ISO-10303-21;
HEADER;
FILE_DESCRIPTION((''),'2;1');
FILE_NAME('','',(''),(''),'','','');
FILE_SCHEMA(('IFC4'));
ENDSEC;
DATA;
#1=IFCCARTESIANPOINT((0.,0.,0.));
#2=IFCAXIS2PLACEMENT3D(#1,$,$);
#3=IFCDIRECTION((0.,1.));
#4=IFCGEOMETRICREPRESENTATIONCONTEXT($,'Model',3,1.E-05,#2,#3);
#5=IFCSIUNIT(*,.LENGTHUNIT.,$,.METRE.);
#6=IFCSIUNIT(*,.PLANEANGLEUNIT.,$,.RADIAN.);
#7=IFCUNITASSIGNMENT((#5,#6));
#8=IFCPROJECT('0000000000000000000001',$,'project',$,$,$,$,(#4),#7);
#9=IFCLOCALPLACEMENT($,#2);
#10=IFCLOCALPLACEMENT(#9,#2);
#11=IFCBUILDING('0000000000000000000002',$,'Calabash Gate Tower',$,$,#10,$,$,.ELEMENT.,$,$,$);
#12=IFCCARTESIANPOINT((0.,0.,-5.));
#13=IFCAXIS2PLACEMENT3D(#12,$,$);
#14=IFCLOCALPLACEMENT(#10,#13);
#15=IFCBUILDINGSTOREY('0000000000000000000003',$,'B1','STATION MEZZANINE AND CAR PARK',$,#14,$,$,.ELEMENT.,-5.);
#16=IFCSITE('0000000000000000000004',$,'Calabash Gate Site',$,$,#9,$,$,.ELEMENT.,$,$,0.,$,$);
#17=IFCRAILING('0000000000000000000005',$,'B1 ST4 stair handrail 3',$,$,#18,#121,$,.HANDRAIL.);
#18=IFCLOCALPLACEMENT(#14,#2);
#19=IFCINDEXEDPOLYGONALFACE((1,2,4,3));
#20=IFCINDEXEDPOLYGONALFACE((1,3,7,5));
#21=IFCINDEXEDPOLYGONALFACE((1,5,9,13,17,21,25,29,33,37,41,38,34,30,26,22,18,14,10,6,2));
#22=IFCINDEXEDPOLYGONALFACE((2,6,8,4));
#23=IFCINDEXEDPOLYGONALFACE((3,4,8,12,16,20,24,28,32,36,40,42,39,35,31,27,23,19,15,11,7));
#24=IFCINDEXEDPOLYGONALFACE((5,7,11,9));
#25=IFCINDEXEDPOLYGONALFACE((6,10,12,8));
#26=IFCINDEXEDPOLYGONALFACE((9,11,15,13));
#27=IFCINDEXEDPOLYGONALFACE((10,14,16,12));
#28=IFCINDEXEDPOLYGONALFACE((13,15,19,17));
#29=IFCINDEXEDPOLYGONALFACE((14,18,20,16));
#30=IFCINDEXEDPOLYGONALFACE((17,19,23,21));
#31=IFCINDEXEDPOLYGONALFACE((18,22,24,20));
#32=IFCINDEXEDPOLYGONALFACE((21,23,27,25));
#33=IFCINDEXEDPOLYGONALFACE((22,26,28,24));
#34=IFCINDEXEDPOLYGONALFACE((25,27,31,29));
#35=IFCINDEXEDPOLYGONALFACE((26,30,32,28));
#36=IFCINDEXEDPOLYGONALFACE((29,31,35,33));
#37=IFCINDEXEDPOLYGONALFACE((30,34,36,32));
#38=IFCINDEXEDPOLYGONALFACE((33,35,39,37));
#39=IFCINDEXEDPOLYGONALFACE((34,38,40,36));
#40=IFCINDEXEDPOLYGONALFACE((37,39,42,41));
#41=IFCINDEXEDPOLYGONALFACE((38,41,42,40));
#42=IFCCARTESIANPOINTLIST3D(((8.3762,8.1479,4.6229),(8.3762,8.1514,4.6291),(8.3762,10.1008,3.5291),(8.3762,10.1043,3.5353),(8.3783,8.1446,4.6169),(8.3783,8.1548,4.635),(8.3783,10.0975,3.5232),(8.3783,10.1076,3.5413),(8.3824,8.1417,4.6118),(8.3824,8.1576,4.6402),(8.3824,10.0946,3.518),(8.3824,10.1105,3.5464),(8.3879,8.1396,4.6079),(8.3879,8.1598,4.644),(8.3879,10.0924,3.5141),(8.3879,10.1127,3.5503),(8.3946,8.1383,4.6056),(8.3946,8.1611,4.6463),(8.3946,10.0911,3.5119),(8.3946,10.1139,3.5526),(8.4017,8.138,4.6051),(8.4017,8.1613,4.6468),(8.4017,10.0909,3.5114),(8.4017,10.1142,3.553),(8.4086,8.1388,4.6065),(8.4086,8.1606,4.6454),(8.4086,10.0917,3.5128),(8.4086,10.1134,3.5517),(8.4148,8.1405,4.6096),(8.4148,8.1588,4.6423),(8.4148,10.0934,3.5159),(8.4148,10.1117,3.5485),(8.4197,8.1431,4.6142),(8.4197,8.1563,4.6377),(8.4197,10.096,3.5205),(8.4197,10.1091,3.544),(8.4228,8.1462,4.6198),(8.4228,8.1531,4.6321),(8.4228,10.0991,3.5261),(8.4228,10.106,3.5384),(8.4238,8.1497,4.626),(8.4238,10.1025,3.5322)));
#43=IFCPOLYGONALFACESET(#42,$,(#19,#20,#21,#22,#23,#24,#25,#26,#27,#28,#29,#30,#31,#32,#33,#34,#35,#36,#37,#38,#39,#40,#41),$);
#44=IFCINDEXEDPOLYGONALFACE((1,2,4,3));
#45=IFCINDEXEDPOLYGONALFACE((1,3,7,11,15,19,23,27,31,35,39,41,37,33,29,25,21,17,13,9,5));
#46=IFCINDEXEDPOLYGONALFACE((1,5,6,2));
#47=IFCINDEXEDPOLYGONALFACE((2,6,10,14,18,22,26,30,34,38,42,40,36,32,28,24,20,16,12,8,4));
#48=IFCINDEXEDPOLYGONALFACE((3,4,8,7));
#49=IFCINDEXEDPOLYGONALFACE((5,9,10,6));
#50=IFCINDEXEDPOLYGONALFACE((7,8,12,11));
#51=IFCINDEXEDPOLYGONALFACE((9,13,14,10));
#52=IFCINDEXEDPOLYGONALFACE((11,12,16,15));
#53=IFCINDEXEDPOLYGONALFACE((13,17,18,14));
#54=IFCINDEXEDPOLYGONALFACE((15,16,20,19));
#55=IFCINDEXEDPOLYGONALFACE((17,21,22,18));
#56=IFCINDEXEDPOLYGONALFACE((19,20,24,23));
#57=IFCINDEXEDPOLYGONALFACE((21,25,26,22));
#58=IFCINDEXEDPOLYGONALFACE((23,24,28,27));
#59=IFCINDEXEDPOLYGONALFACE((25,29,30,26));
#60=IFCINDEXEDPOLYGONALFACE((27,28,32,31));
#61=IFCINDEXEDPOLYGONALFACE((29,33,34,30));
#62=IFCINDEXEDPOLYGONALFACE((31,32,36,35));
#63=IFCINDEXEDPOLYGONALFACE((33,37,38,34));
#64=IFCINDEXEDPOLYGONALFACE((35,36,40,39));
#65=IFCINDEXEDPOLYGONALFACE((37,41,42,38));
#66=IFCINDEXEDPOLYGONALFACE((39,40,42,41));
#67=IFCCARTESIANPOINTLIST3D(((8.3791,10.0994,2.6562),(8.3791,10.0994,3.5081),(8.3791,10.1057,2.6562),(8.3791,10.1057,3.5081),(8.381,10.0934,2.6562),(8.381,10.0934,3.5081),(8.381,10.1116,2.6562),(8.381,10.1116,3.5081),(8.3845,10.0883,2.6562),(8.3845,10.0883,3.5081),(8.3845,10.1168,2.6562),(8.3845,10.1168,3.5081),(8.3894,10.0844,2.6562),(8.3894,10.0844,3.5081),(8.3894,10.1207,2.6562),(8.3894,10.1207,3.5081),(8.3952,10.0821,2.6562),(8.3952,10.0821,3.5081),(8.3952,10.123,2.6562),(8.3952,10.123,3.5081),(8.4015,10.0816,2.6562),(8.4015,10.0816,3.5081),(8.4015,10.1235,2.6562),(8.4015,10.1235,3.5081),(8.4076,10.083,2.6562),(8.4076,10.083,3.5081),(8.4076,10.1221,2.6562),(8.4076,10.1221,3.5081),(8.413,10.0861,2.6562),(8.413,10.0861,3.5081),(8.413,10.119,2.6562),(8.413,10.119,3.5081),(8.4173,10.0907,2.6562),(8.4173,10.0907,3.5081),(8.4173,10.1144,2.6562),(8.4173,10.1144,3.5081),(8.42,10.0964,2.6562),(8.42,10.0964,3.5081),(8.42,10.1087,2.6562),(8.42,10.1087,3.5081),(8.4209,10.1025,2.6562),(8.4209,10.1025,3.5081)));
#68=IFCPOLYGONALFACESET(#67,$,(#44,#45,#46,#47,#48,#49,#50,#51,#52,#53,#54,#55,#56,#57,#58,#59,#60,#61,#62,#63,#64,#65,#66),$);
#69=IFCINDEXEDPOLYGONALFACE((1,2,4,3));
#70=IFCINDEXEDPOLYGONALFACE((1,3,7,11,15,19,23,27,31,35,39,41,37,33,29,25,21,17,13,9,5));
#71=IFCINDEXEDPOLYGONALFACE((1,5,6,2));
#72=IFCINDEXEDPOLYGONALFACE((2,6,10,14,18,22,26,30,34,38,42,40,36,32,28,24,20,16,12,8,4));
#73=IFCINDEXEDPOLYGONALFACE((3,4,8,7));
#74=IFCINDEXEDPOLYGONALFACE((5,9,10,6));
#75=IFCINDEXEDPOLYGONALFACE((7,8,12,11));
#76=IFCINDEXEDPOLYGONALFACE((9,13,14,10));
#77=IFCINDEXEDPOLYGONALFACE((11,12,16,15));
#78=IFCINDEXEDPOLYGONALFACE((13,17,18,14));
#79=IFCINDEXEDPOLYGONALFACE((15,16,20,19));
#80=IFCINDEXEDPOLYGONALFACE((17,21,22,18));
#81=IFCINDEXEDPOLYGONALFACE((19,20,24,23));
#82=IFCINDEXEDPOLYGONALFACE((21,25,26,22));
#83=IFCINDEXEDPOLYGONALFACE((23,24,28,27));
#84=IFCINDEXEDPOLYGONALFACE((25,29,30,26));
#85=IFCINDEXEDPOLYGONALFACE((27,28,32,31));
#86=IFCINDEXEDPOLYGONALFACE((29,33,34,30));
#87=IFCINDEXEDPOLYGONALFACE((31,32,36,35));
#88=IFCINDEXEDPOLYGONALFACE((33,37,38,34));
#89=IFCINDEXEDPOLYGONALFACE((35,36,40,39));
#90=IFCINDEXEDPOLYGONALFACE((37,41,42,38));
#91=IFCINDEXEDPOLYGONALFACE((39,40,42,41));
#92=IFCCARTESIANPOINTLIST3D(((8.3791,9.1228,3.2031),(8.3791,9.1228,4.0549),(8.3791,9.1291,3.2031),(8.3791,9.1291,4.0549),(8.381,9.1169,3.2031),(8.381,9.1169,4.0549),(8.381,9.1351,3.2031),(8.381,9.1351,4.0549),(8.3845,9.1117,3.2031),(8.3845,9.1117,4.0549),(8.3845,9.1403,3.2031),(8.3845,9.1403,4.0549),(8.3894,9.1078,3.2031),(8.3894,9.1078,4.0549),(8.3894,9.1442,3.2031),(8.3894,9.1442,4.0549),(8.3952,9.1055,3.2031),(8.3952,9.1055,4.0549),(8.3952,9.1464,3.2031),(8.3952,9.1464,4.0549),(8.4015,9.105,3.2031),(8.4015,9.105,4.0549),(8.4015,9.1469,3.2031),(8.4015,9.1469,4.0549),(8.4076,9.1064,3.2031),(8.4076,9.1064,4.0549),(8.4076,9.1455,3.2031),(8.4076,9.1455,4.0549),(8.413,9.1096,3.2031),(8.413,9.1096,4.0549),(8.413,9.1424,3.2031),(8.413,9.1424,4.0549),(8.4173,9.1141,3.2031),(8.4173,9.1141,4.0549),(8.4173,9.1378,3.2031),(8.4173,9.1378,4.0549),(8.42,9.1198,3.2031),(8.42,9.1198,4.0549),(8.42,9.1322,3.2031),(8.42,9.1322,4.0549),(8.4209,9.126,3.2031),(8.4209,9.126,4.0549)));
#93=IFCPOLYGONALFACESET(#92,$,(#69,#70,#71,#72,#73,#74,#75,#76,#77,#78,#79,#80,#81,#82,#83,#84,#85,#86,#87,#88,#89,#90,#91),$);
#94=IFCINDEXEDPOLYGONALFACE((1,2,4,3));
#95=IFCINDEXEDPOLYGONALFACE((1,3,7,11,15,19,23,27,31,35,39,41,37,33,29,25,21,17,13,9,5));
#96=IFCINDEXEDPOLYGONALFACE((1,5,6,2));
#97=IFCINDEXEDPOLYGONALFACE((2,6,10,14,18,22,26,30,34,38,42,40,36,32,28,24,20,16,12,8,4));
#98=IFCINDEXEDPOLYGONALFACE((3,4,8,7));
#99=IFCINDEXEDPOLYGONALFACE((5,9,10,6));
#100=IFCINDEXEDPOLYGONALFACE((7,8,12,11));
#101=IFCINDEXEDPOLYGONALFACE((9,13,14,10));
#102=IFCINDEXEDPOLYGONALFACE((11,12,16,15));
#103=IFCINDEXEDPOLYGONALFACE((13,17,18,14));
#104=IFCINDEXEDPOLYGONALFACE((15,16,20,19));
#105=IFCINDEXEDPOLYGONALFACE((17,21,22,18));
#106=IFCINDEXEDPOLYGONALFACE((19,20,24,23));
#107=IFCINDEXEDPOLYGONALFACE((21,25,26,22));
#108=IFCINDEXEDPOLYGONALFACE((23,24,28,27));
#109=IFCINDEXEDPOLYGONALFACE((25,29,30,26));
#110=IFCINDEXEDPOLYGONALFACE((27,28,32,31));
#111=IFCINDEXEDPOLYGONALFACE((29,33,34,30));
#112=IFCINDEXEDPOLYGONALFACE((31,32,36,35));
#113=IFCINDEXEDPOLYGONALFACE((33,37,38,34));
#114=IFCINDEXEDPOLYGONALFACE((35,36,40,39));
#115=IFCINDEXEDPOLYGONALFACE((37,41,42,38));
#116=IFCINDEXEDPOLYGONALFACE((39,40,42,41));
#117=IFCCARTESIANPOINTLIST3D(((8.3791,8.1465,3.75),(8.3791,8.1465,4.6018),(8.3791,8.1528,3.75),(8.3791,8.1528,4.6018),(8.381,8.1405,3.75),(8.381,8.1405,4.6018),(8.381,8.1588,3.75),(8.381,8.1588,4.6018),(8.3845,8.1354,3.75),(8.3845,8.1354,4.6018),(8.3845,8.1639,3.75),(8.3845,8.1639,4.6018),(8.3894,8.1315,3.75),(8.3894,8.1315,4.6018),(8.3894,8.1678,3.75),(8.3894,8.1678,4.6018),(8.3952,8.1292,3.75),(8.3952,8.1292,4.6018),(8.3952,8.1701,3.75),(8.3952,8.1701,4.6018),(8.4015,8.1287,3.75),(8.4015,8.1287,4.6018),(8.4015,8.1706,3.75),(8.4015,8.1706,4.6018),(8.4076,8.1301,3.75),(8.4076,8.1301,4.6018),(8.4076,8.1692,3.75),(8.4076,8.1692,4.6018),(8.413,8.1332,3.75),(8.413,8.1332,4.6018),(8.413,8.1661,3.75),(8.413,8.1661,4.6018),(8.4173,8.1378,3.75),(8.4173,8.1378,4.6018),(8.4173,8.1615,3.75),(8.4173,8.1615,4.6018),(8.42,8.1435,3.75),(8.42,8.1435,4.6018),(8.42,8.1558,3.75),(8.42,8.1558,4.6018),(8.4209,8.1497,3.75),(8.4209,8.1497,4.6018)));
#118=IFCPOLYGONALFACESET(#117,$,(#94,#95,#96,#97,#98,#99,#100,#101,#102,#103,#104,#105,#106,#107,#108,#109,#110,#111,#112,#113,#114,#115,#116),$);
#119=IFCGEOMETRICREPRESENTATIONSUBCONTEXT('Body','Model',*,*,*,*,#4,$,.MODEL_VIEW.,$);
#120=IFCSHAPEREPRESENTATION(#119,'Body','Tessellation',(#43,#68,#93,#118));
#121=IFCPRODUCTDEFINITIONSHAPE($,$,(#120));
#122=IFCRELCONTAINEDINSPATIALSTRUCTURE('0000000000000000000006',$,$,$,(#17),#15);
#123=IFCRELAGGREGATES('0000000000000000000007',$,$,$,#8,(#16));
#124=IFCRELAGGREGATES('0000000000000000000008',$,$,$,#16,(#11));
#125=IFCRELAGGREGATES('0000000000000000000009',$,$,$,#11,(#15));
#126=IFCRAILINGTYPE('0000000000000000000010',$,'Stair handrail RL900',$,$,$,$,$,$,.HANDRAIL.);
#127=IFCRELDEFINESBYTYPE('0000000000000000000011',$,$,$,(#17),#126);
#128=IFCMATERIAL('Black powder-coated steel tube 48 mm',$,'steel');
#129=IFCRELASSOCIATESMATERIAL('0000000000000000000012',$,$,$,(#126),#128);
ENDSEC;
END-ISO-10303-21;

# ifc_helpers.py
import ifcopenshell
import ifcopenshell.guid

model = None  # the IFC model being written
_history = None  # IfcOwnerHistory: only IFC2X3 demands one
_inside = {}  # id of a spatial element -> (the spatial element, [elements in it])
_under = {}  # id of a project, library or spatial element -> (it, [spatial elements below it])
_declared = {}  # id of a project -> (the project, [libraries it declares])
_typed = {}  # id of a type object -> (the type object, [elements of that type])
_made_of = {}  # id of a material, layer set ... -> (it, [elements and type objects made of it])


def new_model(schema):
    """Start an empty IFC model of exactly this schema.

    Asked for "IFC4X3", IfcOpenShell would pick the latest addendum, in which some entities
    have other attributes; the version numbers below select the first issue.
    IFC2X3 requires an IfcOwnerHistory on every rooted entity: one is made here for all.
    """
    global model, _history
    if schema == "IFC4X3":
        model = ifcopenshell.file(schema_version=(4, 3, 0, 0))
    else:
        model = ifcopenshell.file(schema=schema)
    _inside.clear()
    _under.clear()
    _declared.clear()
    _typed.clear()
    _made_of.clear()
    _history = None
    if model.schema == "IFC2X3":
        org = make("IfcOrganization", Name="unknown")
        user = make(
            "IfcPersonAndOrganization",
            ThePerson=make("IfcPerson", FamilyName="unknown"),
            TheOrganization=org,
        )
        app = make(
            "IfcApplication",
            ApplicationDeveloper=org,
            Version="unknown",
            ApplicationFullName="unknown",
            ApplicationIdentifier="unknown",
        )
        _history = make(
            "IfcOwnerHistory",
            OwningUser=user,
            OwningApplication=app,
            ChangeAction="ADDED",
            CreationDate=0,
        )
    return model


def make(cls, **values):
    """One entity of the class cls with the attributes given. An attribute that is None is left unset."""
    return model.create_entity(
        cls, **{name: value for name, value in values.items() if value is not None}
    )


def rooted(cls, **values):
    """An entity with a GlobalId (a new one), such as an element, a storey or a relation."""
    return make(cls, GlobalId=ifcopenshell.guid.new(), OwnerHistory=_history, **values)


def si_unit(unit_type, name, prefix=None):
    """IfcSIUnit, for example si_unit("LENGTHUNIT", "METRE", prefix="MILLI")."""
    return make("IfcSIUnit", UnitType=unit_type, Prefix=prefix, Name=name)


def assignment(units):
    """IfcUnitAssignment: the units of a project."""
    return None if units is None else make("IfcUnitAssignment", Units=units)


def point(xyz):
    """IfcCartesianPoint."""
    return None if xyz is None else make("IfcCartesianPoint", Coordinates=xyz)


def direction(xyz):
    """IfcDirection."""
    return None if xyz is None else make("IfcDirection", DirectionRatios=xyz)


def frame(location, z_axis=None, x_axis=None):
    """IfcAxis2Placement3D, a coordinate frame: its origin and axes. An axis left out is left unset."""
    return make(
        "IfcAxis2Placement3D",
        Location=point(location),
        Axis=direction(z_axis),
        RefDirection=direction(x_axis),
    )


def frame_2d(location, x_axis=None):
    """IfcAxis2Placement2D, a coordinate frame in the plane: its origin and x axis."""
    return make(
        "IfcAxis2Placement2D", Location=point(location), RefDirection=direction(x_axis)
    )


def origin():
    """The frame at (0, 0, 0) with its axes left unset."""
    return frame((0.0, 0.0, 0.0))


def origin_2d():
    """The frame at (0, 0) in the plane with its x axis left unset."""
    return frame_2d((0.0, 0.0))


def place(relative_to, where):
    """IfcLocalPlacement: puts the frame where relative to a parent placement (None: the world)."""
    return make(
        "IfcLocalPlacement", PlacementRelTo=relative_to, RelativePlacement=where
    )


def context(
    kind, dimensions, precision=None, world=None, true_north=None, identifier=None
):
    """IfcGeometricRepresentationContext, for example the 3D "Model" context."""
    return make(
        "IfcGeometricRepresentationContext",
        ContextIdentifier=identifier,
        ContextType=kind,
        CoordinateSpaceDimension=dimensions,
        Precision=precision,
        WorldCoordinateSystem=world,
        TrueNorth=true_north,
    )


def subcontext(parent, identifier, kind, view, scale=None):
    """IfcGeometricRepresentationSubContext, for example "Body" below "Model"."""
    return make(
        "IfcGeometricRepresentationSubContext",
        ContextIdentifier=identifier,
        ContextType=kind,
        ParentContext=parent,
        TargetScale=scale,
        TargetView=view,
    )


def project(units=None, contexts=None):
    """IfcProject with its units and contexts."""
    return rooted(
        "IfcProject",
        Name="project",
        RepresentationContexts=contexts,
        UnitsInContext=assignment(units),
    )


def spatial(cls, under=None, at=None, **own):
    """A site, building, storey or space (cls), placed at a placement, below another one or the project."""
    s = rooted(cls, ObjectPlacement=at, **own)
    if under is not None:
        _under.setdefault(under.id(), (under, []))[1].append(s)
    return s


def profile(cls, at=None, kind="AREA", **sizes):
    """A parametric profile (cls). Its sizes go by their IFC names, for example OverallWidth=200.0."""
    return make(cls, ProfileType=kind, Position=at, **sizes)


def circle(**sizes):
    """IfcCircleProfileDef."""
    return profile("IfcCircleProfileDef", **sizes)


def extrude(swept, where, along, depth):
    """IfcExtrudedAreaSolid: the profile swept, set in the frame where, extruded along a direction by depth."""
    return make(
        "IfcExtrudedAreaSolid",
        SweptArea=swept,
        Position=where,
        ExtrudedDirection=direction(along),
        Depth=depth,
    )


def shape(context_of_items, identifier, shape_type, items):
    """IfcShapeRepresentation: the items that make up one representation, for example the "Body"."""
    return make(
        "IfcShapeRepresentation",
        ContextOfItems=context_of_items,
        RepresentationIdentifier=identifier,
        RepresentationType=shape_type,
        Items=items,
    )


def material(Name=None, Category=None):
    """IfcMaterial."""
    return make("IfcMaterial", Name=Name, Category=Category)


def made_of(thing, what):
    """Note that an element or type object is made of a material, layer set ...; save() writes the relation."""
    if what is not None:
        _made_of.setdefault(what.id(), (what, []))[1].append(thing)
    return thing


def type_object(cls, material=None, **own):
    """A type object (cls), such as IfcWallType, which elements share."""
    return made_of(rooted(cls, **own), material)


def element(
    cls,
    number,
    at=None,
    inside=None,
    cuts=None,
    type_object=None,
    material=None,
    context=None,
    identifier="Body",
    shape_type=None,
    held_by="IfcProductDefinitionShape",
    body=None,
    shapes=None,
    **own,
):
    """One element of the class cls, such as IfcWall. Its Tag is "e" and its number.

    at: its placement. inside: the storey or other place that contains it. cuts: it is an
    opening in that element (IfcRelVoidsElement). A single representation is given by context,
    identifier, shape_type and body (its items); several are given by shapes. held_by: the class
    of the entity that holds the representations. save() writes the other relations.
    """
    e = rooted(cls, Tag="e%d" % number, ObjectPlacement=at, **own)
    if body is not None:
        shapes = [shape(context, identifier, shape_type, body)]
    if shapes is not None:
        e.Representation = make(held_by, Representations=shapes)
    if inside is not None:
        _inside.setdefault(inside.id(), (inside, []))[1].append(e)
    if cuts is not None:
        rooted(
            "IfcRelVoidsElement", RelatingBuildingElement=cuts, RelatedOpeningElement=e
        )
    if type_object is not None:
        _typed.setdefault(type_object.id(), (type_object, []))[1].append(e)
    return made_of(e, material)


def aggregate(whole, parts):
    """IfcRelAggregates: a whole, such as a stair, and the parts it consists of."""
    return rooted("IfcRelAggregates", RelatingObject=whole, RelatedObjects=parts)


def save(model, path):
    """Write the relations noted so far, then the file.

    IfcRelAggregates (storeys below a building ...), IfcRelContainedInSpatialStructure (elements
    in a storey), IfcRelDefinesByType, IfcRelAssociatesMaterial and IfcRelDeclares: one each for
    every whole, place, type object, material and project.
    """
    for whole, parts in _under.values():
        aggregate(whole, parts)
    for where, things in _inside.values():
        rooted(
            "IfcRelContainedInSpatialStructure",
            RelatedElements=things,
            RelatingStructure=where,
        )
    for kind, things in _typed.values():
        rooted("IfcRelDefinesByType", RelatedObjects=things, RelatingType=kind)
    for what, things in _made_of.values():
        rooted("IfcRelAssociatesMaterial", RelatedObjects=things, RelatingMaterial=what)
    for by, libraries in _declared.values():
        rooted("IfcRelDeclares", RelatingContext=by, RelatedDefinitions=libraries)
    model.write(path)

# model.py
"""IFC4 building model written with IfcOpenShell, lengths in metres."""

from ifc_helpers import new_model, si_unit, direction, frame, origin, origin_2d, place, context, subcontext, project, spatial, circle, extrude, material, type_object, element, save


model = new_model("IFC4")

# Units and contexts
model_context = context("Model", 3, precision=1e-05, world=origin(), true_north=direction((0.0, 1.0)))
body_context = subcontext(model_context, "Body", "Model", "MODEL_VIEW")
ifc_project = project(units=[si_unit("LENGTHUNIT", "METRE"), si_unit("PLANEANGLEUNIT", "RADIAN")], contexts=[model_context])

# Site, building, storey
site_placement = place(None, origin())
site = spatial("IfcSite", under=ifc_project, at=site_placement, Name="Calabash Gate Site", CompositionType="ELEMENT", RefElevation=0.0)
building_placement = place(site_placement, origin())
building = spatial("IfcBuilding", under=site, at=building_placement, Name="Calabash Gate Tower", CompositionType="ELEMENT")
storey_placement = place(building_placement, frame((0.0, 0.0, -5.0)))
storey = spatial("IfcBuildingStorey", under=building, at=storey_placement, Name="B1", Description="STATION MEZZANINE AND CAR PARK", CompositionType="ELEMENT", Elevation=-5.0)

# Railing
ifc_material_1 = material(Name="Black powder-coated steel tube 48 mm", Category="steel")
railing_type_1 = type_object("IfcRailingType", Name="Stair handrail RL900", PredefinedType="HANDRAIL", material=ifc_material_1)
railing_1_placement = place(storey_placement, frame((8.3999, 10.1025, 2.6562)))
element("IfcRailing", 1, at=railing_1_placement, inside=storey, type_object=railing_type_1, Name="B1 ST4 stair handrail 3", PredefinedType="HANDRAIL", context=body_context, shape_type="SweptSolid", body=[
    extrude(circle(Radius=0.0239, at=origin_2d()), frame((0.0, 0.0, 0.876), z_axis=(0.0, -0.87248, 0.48865), x_axis=(1.0, 0.0, 0.0)), (0.0, 0.0, 1.0), 2.2383),
    extrude(circle(Radius=0.021, at=origin_2d()), origin(), (0.0, 0.0, 1.0), 0.8518),
    extrude(circle(Radius=0.021, at=origin_2d()), frame((0.0, -0.9766, 0.5469)), (0.0, 0.0, 1.0), 0.8518),
    extrude(circle(Radius=0.021, at=origin_2d()), frame((0.0, -1.9529, 1.0938)), (0.0, 0.0, 1.0), 0.8518),
])

save(model, "model.ifc")
